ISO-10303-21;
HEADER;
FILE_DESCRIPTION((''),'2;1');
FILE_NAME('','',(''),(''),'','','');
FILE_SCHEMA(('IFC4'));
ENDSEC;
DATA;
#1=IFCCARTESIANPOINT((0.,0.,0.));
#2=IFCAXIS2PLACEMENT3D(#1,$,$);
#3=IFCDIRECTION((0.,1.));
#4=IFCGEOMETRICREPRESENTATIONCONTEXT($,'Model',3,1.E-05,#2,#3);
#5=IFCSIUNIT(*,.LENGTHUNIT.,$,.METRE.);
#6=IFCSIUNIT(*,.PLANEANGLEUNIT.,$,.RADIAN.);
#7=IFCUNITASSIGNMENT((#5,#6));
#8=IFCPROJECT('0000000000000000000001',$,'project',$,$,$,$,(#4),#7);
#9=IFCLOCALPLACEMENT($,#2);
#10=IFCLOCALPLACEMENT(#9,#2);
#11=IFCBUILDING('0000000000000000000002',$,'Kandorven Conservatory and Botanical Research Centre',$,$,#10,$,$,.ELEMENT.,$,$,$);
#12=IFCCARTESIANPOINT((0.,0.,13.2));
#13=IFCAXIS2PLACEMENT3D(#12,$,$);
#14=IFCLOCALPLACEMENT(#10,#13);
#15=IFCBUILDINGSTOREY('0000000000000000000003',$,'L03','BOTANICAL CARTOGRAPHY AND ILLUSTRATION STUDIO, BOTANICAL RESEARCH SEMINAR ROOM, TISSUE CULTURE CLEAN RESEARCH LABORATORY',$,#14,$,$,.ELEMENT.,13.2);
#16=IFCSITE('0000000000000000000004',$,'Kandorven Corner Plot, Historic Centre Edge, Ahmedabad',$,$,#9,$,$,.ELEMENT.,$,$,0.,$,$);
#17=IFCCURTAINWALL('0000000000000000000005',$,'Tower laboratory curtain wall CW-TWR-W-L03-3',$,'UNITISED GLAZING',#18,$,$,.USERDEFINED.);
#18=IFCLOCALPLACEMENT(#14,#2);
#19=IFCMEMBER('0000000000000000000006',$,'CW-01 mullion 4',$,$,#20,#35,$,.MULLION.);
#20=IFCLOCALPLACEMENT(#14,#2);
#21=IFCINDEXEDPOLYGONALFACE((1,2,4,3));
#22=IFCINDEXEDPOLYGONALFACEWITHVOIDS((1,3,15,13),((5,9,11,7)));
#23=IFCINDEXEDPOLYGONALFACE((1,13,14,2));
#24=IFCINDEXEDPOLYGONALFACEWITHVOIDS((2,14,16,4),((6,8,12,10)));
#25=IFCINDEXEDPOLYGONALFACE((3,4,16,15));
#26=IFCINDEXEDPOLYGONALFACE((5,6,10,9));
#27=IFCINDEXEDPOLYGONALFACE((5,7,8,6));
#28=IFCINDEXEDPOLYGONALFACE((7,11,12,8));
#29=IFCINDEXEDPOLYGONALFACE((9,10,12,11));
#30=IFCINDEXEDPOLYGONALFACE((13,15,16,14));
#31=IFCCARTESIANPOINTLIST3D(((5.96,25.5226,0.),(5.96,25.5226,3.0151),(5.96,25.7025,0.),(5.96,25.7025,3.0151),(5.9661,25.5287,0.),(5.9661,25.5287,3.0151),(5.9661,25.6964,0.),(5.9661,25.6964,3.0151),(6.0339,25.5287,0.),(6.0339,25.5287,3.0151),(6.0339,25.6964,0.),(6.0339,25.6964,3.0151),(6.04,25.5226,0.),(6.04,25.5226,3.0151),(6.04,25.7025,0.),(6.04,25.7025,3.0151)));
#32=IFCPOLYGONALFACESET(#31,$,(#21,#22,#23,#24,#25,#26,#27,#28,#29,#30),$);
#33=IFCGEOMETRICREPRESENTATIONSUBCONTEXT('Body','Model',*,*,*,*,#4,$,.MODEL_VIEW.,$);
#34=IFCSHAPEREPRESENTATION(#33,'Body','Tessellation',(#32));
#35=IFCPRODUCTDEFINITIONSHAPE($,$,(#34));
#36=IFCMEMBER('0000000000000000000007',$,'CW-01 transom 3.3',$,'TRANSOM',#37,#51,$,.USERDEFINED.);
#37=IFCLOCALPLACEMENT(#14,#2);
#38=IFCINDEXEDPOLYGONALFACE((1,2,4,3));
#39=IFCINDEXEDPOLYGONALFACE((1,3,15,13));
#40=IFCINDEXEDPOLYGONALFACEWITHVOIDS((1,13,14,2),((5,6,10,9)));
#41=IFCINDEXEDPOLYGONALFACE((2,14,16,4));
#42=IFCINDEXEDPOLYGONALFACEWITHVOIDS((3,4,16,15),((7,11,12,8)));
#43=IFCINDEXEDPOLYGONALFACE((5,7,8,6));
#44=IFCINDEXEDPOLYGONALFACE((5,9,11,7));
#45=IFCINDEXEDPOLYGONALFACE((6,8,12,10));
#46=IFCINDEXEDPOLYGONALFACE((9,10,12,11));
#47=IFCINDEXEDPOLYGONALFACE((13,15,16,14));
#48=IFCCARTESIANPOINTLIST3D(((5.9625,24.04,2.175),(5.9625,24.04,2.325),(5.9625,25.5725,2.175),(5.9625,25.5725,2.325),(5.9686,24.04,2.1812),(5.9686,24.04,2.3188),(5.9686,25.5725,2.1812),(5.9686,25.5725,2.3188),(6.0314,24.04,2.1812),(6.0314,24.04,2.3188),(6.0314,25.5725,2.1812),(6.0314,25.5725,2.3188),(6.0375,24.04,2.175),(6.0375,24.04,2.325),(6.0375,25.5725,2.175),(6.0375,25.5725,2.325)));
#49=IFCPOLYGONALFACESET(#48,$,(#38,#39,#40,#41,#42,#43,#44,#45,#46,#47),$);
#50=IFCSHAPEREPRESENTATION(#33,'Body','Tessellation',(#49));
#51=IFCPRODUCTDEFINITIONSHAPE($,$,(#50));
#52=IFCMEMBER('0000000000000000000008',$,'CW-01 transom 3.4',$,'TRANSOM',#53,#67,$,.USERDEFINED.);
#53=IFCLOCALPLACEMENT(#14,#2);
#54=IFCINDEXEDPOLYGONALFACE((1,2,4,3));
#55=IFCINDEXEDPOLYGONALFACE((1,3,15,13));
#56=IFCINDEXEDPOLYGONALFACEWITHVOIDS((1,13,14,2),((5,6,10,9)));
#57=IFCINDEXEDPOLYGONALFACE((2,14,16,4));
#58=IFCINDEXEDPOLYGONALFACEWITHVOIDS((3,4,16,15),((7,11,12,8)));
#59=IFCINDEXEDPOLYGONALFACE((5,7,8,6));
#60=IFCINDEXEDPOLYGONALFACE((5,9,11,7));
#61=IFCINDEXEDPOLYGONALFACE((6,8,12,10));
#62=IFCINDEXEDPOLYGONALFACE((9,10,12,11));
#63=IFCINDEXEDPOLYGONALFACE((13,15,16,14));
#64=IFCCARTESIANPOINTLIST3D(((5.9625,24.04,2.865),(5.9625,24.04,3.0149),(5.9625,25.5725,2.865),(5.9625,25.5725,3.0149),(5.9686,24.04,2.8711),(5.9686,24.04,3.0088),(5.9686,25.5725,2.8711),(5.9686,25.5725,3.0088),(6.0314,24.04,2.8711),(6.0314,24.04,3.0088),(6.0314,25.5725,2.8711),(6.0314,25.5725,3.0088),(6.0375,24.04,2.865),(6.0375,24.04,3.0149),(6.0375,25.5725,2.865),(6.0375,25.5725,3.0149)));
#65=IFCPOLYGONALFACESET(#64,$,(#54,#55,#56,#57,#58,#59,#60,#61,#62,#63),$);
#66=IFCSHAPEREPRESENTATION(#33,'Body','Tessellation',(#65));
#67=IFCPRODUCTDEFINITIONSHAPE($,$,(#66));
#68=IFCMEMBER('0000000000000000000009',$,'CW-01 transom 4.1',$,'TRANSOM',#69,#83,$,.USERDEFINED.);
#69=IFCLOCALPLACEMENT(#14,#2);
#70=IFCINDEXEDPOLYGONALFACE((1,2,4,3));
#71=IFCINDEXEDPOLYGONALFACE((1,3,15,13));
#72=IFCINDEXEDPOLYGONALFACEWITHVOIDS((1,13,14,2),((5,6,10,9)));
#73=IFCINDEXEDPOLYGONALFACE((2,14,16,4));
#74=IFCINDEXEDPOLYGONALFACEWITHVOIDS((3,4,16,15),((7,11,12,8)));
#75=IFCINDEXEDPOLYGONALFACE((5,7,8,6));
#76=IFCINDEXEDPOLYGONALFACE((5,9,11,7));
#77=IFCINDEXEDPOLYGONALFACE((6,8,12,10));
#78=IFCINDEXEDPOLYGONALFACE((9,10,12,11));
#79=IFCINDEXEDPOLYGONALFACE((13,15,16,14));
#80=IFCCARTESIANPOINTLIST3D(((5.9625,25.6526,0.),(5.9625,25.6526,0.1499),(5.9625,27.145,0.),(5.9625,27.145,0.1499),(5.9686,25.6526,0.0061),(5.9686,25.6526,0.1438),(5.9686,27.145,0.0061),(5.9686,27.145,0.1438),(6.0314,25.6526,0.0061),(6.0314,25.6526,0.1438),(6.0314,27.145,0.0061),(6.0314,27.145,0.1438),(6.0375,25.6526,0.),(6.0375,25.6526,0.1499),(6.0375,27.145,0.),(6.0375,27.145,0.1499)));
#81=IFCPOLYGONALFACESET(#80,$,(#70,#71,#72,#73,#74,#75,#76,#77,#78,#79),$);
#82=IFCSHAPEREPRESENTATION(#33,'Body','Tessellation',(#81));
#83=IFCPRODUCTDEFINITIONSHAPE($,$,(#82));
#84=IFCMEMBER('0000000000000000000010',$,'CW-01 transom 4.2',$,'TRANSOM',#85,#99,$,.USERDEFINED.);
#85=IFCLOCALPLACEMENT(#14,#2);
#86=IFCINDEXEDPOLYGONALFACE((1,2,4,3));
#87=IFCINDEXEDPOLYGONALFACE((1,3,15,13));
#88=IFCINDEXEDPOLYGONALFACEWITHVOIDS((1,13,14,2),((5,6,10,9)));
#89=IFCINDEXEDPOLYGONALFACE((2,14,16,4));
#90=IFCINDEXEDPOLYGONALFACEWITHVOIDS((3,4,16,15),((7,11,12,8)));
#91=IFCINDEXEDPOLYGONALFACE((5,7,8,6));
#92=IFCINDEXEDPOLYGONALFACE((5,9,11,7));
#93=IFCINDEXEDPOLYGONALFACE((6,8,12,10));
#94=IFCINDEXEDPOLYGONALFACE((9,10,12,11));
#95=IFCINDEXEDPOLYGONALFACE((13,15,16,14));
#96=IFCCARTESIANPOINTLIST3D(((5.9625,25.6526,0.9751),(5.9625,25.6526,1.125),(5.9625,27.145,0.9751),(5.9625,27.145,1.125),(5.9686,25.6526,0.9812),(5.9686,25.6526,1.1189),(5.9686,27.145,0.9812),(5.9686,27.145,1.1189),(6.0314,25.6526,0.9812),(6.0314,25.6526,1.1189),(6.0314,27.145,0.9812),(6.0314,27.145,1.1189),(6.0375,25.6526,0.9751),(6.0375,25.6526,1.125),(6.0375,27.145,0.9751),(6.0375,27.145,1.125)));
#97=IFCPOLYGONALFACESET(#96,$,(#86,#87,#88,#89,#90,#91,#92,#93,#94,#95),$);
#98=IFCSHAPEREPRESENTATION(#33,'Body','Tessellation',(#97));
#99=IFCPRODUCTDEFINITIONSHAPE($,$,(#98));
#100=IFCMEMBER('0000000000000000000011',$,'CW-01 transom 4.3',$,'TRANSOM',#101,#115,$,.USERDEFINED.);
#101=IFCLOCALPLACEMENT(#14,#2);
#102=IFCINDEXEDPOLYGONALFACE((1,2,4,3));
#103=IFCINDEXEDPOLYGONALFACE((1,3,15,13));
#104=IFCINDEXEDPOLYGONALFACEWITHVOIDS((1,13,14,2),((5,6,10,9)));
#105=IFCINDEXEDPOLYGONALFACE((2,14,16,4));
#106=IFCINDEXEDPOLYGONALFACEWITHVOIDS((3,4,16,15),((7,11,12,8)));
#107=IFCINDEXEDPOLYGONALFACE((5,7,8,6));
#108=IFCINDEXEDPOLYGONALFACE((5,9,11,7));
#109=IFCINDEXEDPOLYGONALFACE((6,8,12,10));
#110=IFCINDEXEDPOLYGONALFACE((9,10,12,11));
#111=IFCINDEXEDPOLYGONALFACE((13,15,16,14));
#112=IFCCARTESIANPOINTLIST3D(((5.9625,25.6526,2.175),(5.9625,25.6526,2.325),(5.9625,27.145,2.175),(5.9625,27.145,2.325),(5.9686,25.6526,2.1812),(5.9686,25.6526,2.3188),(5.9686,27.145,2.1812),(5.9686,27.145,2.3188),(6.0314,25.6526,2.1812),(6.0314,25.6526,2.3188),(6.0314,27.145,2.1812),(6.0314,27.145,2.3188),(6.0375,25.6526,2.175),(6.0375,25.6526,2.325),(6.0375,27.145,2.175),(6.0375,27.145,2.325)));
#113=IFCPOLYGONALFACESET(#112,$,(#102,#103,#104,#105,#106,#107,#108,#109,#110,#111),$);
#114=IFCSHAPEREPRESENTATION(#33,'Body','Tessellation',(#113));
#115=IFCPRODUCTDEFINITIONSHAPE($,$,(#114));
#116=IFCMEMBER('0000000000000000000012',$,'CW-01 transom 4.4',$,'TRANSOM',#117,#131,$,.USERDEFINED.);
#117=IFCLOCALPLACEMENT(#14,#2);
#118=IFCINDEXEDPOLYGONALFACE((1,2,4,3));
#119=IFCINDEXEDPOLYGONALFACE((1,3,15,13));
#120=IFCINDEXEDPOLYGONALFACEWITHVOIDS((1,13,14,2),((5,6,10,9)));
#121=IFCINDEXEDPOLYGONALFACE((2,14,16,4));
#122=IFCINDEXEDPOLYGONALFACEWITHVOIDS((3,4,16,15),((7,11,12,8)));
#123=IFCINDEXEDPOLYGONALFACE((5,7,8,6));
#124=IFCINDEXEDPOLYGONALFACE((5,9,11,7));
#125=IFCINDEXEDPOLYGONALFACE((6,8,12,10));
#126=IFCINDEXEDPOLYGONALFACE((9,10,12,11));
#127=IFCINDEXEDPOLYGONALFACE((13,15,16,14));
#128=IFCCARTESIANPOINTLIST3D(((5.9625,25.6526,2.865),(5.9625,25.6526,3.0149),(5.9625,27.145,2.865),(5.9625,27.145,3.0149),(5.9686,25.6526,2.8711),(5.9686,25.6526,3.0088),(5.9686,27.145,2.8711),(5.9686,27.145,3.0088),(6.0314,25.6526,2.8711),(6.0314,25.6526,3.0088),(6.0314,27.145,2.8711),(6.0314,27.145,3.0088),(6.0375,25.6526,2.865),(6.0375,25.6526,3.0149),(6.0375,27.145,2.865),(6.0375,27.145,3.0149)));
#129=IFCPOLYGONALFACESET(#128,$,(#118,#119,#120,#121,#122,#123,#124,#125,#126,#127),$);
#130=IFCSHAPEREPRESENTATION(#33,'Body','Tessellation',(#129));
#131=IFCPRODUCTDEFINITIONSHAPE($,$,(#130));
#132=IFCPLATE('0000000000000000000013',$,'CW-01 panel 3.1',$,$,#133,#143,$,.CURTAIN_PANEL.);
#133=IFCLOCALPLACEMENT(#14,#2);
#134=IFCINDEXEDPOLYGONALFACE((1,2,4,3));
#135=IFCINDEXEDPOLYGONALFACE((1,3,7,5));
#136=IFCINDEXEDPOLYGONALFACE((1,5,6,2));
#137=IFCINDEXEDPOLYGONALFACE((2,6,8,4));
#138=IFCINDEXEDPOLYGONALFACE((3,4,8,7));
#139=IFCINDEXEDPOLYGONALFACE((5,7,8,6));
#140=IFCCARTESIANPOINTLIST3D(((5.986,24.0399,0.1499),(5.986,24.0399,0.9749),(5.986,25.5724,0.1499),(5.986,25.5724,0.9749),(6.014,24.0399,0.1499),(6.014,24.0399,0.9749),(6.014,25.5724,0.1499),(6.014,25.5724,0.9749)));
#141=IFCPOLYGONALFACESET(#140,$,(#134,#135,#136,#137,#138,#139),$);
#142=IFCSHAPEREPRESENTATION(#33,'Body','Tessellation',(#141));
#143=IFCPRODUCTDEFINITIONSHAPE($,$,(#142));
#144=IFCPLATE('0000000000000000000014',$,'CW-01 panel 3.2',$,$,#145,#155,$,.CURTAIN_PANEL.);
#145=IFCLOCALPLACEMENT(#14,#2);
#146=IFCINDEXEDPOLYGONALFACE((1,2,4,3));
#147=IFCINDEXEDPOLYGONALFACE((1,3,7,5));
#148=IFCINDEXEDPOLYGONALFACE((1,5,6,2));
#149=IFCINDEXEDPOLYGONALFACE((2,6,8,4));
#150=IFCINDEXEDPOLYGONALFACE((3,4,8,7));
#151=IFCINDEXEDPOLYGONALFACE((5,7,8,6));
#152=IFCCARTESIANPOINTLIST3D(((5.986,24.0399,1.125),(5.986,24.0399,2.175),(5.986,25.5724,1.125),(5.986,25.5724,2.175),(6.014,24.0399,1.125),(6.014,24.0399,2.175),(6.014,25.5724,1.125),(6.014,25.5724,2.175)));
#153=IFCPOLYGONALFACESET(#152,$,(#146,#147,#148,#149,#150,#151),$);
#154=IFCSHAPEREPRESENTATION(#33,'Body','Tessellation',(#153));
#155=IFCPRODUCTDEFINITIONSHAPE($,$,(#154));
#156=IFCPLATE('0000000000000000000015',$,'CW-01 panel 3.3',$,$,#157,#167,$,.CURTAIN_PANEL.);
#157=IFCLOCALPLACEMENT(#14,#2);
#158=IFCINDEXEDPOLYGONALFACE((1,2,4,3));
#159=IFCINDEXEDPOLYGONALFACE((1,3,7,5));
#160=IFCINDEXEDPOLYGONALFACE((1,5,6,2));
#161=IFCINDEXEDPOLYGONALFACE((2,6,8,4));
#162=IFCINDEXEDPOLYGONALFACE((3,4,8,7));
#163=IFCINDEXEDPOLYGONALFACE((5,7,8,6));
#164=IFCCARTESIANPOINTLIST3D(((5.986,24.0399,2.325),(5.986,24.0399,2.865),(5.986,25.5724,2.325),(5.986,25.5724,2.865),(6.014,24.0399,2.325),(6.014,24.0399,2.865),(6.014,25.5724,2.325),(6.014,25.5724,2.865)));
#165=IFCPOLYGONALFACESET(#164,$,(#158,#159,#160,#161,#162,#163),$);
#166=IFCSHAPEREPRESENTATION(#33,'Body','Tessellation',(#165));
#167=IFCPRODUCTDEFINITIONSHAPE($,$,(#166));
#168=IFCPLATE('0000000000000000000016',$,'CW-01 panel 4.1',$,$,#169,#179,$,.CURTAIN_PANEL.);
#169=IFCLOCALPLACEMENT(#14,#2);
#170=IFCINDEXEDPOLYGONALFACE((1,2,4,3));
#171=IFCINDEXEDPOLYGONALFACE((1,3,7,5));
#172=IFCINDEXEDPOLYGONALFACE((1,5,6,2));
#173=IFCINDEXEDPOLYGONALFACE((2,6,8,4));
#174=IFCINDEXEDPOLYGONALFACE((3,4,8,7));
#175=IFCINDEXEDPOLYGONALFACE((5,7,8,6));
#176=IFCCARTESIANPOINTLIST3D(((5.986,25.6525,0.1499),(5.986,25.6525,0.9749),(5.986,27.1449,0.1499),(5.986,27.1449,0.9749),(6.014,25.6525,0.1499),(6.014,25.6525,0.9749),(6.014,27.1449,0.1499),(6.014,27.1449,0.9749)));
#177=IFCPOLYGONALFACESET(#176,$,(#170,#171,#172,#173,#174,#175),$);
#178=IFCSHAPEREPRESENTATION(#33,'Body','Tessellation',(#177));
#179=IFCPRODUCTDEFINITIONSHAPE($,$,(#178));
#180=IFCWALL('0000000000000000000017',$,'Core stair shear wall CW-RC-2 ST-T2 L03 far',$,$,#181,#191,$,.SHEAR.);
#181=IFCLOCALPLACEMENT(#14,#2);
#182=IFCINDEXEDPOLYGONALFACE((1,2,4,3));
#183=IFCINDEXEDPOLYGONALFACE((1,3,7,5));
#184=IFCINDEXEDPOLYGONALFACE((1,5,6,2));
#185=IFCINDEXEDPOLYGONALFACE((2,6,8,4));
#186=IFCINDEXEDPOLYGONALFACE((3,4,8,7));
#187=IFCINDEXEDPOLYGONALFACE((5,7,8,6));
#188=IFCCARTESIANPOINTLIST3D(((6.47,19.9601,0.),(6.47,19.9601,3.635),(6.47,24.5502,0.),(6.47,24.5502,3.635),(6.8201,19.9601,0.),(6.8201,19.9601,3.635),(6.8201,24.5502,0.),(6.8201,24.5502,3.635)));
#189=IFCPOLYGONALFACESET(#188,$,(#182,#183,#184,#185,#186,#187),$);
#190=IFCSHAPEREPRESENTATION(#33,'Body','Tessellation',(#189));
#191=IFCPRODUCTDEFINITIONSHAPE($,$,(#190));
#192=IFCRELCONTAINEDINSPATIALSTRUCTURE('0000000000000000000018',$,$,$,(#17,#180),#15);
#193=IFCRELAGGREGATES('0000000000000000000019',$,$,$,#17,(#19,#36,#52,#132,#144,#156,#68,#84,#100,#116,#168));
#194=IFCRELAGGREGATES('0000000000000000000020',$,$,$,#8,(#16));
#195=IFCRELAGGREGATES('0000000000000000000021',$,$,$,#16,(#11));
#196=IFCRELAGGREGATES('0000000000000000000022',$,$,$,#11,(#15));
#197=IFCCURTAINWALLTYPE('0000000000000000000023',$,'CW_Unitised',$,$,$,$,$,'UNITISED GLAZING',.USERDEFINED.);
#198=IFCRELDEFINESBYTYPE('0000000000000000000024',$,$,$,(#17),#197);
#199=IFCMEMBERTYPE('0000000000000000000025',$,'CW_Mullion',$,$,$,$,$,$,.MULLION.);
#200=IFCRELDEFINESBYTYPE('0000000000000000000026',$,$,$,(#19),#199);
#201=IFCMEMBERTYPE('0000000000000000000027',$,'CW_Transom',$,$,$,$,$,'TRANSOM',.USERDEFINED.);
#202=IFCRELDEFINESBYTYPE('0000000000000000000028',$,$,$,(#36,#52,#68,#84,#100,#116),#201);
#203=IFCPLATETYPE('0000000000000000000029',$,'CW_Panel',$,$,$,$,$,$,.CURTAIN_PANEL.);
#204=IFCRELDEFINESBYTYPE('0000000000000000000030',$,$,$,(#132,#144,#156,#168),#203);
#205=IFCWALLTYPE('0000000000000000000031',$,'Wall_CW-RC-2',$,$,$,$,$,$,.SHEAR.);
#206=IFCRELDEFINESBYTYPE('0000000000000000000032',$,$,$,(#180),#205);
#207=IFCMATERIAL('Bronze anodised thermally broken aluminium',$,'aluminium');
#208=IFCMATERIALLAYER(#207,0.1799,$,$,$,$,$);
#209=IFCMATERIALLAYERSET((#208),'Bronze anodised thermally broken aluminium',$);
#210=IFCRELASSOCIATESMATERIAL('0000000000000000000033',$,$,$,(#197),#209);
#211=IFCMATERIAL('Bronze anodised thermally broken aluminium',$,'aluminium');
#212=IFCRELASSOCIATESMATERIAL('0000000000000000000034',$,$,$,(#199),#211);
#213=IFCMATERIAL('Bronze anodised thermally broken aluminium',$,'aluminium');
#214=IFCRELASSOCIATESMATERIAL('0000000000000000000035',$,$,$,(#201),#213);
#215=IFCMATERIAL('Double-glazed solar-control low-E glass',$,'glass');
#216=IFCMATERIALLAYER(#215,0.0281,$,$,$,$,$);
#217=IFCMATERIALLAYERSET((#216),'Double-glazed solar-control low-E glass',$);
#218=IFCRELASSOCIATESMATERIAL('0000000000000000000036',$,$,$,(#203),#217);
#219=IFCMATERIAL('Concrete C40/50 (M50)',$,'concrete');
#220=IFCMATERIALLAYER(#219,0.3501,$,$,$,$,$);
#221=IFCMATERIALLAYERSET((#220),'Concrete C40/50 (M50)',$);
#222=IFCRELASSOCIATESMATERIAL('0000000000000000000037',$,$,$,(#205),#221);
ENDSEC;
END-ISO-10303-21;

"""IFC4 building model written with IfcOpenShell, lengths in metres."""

from ifc_helpers import new_model, si_unit, direction, frame, frame_2d, origin, origin_2d, place, context, subcontext, project, spatial, rectangle, hollow_rectangle, extrude, material, layer, layer_set, material_profile, profile_set, type_object, element, aggregate, save


model = new_model("IFC4")

# Units and contexts
model_context = context("Model", 3, precision=1e-05, world=origin(), true_north=direction((0.0, 1.0)))
body_context = subcontext(model_context, "Body", "Model", "MODEL_VIEW")
ifc_project = project(units=[si_unit("LENGTHUNIT", "METRE"), si_unit("PLANEANGLEUNIT", "RADIAN")], contexts=[model_context])

# Site, building, storey
site_placement = place(None, origin())
site = spatial("IfcSite", under=ifc_project, at=site_placement, Name="Kandorven Corner Plot, Historic Centre Edge, Ahmedabad", CompositionType="ELEMENT", RefElevation=0.0)
building_placement = place(site_placement, origin())
building = spatial("IfcBuilding", under=site, at=building_placement, Name="Kandorven Conservatory and Botanical Research Centre", CompositionType="ELEMENT")
storey_placement = place(building_placement, frame((0.0, 0.0, 13.2)))
storey = spatial("IfcBuildingStorey", under=building, at=storey_placement, Name="L03", Description="BOTANICAL CARTOGRAPHY AND ILLUSTRATION STUDIO, BOTANICAL RESEARCH SEMINAR ROOM, TISSUE CULTURE CLEAN RESEARCH LABORATORY", CompositionType="ELEMENT", Elevation=13.2)

# Curtain wall, members, plates
ifc_material_1 = material(Name="Bronze anodised thermally broken aluminium", Category="aluminium")
ifc_layer_1 = layer(ifc_material_1, 0.1799)
ifc_layer_set_1 = layer_set([ifc_layer_1], Name="Bronze anodised thermally broken aluminium")
curtain_wall_type = type_object("IfcCurtainWallType", Name="CW_Unitised", ElementType="UNITISED GLAZING", PredefinedType="USERDEFINED", material=ifc_layer_set_1)
curtain_wall_placement = place(storey_placement, origin())
curtain_wall = element("IfcCurtainWall", 1, at=curtain_wall_placement, inside=storey, type_object=curtain_wall_type, Name="Tower laboratory curtain wall CW-TWR-W-L03-3", ObjectType="UNITISED GLAZING", PredefinedType="USERDEFINED")
ifc_material_2 = material(Name="Bronze anodised thermally broken aluminium", Category="aluminium")
ifc_material_profile_1 = material_profile(ifc_material_2, hollow_rectangle(XDim=0.0801, YDim=0.1799, WallThickness=0.0061, at=origin_2d()))
ifc_profile_set_1 = profile_set([ifc_material_profile_1], Name="Bronze anodised thermally broken aluminium")
member_type_1 = type_object("IfcMemberType", Name="CW_Mullion", PredefinedType="MULLION", material=ifc_profile_set_1)
member_1_placement = place(storey_placement, frame((6.0, 25.6125, 0.0), z_axis=(0.0, 0.0, 1.0), x_axis=(-1.0, 0.0, 0.0)))
member_1 = element("IfcMember", 2, at=member_1_placement, type_object=member_type_1, Name="CW-01 mullion 4", PredefinedType="MULLION", context=body_context, shape_type="SweptSolid", body=[
    extrude(hollow_rectangle(XDim=0.0801, YDim=0.1799, WallThickness=0.0061, at=origin_2d()), origin(), (0.0, 0.0, 1.0), 3.0151),
])
ifc_material_3 = material(Name="Bronze anodised thermally broken aluminium", Category="aluminium")
ifc_material_profile_2 = material_profile(ifc_material_3, hollow_rectangle(XDim=0.075, YDim=0.1499, WallThickness=0.0061, at=origin_2d()))
ifc_profile_set_2 = profile_set([ifc_material_profile_2], Name="Bronze anodised thermally broken aluminium")
member_type_2 = type_object("IfcMemberType", Name="CW_Transom", ElementType="TRANSOM", PredefinedType="USERDEFINED", material=ifc_profile_set_2)
member_2_placement = place(storey_placement, frame((6.0, 24.04, 2.25), z_axis=(0.0, 1.0, 0.0), x_axis=(-1.0, 0.0, 0.0)))
member_2 = element("IfcMember", 3, at=member_2_placement, type_object=member_type_2, Name="CW-01 transom 3.3", ObjectType="TRANSOM", PredefinedType="USERDEFINED", context=body_context, shape_type="SweptSolid", body=[
    extrude(hollow_rectangle(XDim=0.075, YDim=0.1499, WallThickness=0.0061, at=origin_2d()), origin(), (0.0, 0.0, 1.0), 1.5325),
])
member_3_placement = place(storey_placement, frame((6.0, 24.04, 2.9399), z_axis=(0.0, 1.0, 0.0), x_axis=(-1.0, 0.0, 0.0)))
member_3 = element("IfcMember", 4, at=member_3_placement, type_object=member_type_2, Name="CW-01 transom 3.4", ObjectType="TRANSOM", PredefinedType="USERDEFINED", context=body_context, shape_type="SweptSolid", body=[
    extrude(hollow_rectangle(XDim=0.075, YDim=0.1499, WallThickness=0.0061, at=origin_2d()), origin(), (0.0, 0.0, 1.0), 1.5325),
])
member_4_placement = place(storey_placement, frame((6.0, 25.6526, 0.075), z_axis=(0.0, 1.0, 0.0), x_axis=(-1.0, 0.0, 0.0)))
member_4 = element("IfcMember", 5, at=member_4_placement, type_object=member_type_2, Name="CW-01 transom 4.1", ObjectType="TRANSOM", PredefinedType="USERDEFINED", context=body_context, shape_type="SweptSolid", body=[
    extrude(hollow_rectangle(XDim=0.075, YDim=0.1499, WallThickness=0.0061, at=origin_2d()), origin(), (0.0, 0.0, 1.0), 1.4924),
])
member_5_placement = place(storey_placement, frame((6.0, 25.6526, 1.05), z_axis=(0.0, 1.0, 0.0), x_axis=(-1.0, 0.0, 0.0)))
member_5 = element("IfcMember", 6, at=member_5_placement, type_object=member_type_2, Name="CW-01 transom 4.2", ObjectType="TRANSOM", PredefinedType="USERDEFINED", context=body_context, shape_type="SweptSolid", body=[
    extrude(hollow_rectangle(XDim=0.075, YDim=0.1499, WallThickness=0.0061, at=origin_2d()), origin(), (0.0, 0.0, 1.0), 1.4924),
])
member_6_placement = place(storey_placement, frame((6.0, 25.6526, 2.25), z_axis=(0.0, 1.0, 0.0), x_axis=(-1.0, 0.0, 0.0)))
member_6 = element("IfcMember", 7, at=member_6_placement, type_object=member_type_2, Name="CW-01 transom 4.3", ObjectType="TRANSOM", PredefinedType="USERDEFINED", context=body_context, shape_type="SweptSolid", body=[
    extrude(hollow_rectangle(XDim=0.075, YDim=0.1499, WallThickness=0.0061, at=origin_2d()), origin(), (0.0, 0.0, 1.0), 1.4924),
])
member_7_placement = place(storey_placement, frame((6.0, 25.6526, 2.9399), z_axis=(0.0, 1.0, 0.0), x_axis=(-1.0, 0.0, 0.0)))
member_7 = element("IfcMember", 8, at=member_7_placement, type_object=member_type_2, Name="CW-01 transom 4.4", ObjectType="TRANSOM", PredefinedType="USERDEFINED", context=body_context, shape_type="SweptSolid", body=[
    extrude(hollow_rectangle(XDim=0.075, YDim=0.1499, WallThickness=0.0061, at=origin_2d()), origin(), (0.0, 0.0, 1.0), 1.4924),
])
ifc_material_4 = material(Name="Double-glazed solar-control low-E glass", Category="glass")
ifc_layer_2 = layer(ifc_material_4, 0.0281)
ifc_layer_set_2 = layer_set([ifc_layer_2], Name="Double-glazed solar-control low-E glass")
plate_type = type_object("IfcPlateType", Name="CW_Panel", PredefinedType="CURTAIN_PANEL", material=ifc_layer_set_2)
plate_1_placement = place(storey_placement, frame((6.0, 24.8062, 0.1499), z_axis=(0.0, 0.0, 1.0), x_axis=(0.0, 1.0, 0.0)))
plate_1 = element("IfcPlate", 9, at=plate_1_placement, type_object=plate_type, Name="CW-01 panel 3.1", PredefinedType="CURTAIN_PANEL", context=body_context, shape_type="SweptSolid", body=[
    extrude(rectangle(XDim=1.5325, YDim=0.0281, at=origin_2d()), origin(), (0.0, 0.0, 1.0), 0.825),
])
plate_2_placement = place(storey_placement, frame((6.0, 24.8062, 1.125), z_axis=(0.0, 0.0, 1.0), x_axis=(0.0, 1.0, 0.0)))
plate_2 = element("IfcPlate", 10, at=plate_2_placement, type_object=plate_type, Name="CW-01 panel 3.2", PredefinedType="CURTAIN_PANEL", context=body_context, shape_type="SweptSolid", body=[
    extrude(rectangle(XDim=1.5325, YDim=0.0281, at=origin_2d()), origin(), (0.0, 0.0, 1.0), 1.05),
])
plate_3_placement = place(storey_placement, frame((6.0, 24.8062, 2.325), z_axis=(0.0, 0.0, 1.0), x_axis=(0.0, 1.0, 0.0)))
plate_3 = element("IfcPlate", 11, at=plate_3_placement, type_object=plate_type, Name="CW-01 panel 3.3", PredefinedType="CURTAIN_PANEL", context=body_context, shape_type="SweptSolid", body=[
    extrude(rectangle(XDim=1.5325, YDim=0.0281, at=origin_2d()), origin(), (0.0, 0.0, 1.0), 0.54),
])
plate_4_placement = place(storey_placement, frame((6.0, 26.3987, 0.1499), z_axis=(0.0, 0.0, 1.0), x_axis=(0.0, 1.0, 0.0)))
plate_4 = element("IfcPlate", 12, at=plate_4_placement, type_object=plate_type, Name="CW-01 panel 4.1", PredefinedType="CURTAIN_PANEL", context=body_context, shape_type="SweptSolid", body=[
    extrude(rectangle(XDim=1.4924, YDim=0.0281, at=origin_2d()), origin(), (0.0, 0.0, 1.0), 0.825),
])
aggregate(curtain_wall, [member_1, member_2, member_3, plate_1, plate_2, plate_3, member_4, member_5, member_6, member_7, plate_4])

# Wall
ifc_material_5 = material(Name="Concrete C40/50 (M50)", Category="concrete")
ifc_layer_3 = layer(ifc_material_5, 0.3501)
ifc_layer_set_3 = layer_set([ifc_layer_3], Name="Concrete C40/50 (M50)")
wall_type_1 = type_object("IfcWallType", Name="Wall_CW-RC-2", PredefinedType="SHEAR", material=ifc_layer_set_3)
wall_1_placement = place(storey_placement, frame((6.645, 24.55, 0.0), z_axis=(0.0, 0.0, 1.0), x_axis=(0.0, -1.0, 0.0)))
element("IfcWall", 13, at=wall_1_placement, inside=storey, type_object=wall_type_1, Name="Core stair shear wall CW-RC-2 ST-T2 L03 far", PredefinedType="SHEAR", context=body_context, shape_type="SweptSolid", body=[
    extrude(rectangle(XDim=4.5901, YDim=0.3501, at=frame_2d((2.2949, 0.0))), origin(), (0.0, 0.0, 1.0), 3.635),
])

save(model, "model.ifc")
